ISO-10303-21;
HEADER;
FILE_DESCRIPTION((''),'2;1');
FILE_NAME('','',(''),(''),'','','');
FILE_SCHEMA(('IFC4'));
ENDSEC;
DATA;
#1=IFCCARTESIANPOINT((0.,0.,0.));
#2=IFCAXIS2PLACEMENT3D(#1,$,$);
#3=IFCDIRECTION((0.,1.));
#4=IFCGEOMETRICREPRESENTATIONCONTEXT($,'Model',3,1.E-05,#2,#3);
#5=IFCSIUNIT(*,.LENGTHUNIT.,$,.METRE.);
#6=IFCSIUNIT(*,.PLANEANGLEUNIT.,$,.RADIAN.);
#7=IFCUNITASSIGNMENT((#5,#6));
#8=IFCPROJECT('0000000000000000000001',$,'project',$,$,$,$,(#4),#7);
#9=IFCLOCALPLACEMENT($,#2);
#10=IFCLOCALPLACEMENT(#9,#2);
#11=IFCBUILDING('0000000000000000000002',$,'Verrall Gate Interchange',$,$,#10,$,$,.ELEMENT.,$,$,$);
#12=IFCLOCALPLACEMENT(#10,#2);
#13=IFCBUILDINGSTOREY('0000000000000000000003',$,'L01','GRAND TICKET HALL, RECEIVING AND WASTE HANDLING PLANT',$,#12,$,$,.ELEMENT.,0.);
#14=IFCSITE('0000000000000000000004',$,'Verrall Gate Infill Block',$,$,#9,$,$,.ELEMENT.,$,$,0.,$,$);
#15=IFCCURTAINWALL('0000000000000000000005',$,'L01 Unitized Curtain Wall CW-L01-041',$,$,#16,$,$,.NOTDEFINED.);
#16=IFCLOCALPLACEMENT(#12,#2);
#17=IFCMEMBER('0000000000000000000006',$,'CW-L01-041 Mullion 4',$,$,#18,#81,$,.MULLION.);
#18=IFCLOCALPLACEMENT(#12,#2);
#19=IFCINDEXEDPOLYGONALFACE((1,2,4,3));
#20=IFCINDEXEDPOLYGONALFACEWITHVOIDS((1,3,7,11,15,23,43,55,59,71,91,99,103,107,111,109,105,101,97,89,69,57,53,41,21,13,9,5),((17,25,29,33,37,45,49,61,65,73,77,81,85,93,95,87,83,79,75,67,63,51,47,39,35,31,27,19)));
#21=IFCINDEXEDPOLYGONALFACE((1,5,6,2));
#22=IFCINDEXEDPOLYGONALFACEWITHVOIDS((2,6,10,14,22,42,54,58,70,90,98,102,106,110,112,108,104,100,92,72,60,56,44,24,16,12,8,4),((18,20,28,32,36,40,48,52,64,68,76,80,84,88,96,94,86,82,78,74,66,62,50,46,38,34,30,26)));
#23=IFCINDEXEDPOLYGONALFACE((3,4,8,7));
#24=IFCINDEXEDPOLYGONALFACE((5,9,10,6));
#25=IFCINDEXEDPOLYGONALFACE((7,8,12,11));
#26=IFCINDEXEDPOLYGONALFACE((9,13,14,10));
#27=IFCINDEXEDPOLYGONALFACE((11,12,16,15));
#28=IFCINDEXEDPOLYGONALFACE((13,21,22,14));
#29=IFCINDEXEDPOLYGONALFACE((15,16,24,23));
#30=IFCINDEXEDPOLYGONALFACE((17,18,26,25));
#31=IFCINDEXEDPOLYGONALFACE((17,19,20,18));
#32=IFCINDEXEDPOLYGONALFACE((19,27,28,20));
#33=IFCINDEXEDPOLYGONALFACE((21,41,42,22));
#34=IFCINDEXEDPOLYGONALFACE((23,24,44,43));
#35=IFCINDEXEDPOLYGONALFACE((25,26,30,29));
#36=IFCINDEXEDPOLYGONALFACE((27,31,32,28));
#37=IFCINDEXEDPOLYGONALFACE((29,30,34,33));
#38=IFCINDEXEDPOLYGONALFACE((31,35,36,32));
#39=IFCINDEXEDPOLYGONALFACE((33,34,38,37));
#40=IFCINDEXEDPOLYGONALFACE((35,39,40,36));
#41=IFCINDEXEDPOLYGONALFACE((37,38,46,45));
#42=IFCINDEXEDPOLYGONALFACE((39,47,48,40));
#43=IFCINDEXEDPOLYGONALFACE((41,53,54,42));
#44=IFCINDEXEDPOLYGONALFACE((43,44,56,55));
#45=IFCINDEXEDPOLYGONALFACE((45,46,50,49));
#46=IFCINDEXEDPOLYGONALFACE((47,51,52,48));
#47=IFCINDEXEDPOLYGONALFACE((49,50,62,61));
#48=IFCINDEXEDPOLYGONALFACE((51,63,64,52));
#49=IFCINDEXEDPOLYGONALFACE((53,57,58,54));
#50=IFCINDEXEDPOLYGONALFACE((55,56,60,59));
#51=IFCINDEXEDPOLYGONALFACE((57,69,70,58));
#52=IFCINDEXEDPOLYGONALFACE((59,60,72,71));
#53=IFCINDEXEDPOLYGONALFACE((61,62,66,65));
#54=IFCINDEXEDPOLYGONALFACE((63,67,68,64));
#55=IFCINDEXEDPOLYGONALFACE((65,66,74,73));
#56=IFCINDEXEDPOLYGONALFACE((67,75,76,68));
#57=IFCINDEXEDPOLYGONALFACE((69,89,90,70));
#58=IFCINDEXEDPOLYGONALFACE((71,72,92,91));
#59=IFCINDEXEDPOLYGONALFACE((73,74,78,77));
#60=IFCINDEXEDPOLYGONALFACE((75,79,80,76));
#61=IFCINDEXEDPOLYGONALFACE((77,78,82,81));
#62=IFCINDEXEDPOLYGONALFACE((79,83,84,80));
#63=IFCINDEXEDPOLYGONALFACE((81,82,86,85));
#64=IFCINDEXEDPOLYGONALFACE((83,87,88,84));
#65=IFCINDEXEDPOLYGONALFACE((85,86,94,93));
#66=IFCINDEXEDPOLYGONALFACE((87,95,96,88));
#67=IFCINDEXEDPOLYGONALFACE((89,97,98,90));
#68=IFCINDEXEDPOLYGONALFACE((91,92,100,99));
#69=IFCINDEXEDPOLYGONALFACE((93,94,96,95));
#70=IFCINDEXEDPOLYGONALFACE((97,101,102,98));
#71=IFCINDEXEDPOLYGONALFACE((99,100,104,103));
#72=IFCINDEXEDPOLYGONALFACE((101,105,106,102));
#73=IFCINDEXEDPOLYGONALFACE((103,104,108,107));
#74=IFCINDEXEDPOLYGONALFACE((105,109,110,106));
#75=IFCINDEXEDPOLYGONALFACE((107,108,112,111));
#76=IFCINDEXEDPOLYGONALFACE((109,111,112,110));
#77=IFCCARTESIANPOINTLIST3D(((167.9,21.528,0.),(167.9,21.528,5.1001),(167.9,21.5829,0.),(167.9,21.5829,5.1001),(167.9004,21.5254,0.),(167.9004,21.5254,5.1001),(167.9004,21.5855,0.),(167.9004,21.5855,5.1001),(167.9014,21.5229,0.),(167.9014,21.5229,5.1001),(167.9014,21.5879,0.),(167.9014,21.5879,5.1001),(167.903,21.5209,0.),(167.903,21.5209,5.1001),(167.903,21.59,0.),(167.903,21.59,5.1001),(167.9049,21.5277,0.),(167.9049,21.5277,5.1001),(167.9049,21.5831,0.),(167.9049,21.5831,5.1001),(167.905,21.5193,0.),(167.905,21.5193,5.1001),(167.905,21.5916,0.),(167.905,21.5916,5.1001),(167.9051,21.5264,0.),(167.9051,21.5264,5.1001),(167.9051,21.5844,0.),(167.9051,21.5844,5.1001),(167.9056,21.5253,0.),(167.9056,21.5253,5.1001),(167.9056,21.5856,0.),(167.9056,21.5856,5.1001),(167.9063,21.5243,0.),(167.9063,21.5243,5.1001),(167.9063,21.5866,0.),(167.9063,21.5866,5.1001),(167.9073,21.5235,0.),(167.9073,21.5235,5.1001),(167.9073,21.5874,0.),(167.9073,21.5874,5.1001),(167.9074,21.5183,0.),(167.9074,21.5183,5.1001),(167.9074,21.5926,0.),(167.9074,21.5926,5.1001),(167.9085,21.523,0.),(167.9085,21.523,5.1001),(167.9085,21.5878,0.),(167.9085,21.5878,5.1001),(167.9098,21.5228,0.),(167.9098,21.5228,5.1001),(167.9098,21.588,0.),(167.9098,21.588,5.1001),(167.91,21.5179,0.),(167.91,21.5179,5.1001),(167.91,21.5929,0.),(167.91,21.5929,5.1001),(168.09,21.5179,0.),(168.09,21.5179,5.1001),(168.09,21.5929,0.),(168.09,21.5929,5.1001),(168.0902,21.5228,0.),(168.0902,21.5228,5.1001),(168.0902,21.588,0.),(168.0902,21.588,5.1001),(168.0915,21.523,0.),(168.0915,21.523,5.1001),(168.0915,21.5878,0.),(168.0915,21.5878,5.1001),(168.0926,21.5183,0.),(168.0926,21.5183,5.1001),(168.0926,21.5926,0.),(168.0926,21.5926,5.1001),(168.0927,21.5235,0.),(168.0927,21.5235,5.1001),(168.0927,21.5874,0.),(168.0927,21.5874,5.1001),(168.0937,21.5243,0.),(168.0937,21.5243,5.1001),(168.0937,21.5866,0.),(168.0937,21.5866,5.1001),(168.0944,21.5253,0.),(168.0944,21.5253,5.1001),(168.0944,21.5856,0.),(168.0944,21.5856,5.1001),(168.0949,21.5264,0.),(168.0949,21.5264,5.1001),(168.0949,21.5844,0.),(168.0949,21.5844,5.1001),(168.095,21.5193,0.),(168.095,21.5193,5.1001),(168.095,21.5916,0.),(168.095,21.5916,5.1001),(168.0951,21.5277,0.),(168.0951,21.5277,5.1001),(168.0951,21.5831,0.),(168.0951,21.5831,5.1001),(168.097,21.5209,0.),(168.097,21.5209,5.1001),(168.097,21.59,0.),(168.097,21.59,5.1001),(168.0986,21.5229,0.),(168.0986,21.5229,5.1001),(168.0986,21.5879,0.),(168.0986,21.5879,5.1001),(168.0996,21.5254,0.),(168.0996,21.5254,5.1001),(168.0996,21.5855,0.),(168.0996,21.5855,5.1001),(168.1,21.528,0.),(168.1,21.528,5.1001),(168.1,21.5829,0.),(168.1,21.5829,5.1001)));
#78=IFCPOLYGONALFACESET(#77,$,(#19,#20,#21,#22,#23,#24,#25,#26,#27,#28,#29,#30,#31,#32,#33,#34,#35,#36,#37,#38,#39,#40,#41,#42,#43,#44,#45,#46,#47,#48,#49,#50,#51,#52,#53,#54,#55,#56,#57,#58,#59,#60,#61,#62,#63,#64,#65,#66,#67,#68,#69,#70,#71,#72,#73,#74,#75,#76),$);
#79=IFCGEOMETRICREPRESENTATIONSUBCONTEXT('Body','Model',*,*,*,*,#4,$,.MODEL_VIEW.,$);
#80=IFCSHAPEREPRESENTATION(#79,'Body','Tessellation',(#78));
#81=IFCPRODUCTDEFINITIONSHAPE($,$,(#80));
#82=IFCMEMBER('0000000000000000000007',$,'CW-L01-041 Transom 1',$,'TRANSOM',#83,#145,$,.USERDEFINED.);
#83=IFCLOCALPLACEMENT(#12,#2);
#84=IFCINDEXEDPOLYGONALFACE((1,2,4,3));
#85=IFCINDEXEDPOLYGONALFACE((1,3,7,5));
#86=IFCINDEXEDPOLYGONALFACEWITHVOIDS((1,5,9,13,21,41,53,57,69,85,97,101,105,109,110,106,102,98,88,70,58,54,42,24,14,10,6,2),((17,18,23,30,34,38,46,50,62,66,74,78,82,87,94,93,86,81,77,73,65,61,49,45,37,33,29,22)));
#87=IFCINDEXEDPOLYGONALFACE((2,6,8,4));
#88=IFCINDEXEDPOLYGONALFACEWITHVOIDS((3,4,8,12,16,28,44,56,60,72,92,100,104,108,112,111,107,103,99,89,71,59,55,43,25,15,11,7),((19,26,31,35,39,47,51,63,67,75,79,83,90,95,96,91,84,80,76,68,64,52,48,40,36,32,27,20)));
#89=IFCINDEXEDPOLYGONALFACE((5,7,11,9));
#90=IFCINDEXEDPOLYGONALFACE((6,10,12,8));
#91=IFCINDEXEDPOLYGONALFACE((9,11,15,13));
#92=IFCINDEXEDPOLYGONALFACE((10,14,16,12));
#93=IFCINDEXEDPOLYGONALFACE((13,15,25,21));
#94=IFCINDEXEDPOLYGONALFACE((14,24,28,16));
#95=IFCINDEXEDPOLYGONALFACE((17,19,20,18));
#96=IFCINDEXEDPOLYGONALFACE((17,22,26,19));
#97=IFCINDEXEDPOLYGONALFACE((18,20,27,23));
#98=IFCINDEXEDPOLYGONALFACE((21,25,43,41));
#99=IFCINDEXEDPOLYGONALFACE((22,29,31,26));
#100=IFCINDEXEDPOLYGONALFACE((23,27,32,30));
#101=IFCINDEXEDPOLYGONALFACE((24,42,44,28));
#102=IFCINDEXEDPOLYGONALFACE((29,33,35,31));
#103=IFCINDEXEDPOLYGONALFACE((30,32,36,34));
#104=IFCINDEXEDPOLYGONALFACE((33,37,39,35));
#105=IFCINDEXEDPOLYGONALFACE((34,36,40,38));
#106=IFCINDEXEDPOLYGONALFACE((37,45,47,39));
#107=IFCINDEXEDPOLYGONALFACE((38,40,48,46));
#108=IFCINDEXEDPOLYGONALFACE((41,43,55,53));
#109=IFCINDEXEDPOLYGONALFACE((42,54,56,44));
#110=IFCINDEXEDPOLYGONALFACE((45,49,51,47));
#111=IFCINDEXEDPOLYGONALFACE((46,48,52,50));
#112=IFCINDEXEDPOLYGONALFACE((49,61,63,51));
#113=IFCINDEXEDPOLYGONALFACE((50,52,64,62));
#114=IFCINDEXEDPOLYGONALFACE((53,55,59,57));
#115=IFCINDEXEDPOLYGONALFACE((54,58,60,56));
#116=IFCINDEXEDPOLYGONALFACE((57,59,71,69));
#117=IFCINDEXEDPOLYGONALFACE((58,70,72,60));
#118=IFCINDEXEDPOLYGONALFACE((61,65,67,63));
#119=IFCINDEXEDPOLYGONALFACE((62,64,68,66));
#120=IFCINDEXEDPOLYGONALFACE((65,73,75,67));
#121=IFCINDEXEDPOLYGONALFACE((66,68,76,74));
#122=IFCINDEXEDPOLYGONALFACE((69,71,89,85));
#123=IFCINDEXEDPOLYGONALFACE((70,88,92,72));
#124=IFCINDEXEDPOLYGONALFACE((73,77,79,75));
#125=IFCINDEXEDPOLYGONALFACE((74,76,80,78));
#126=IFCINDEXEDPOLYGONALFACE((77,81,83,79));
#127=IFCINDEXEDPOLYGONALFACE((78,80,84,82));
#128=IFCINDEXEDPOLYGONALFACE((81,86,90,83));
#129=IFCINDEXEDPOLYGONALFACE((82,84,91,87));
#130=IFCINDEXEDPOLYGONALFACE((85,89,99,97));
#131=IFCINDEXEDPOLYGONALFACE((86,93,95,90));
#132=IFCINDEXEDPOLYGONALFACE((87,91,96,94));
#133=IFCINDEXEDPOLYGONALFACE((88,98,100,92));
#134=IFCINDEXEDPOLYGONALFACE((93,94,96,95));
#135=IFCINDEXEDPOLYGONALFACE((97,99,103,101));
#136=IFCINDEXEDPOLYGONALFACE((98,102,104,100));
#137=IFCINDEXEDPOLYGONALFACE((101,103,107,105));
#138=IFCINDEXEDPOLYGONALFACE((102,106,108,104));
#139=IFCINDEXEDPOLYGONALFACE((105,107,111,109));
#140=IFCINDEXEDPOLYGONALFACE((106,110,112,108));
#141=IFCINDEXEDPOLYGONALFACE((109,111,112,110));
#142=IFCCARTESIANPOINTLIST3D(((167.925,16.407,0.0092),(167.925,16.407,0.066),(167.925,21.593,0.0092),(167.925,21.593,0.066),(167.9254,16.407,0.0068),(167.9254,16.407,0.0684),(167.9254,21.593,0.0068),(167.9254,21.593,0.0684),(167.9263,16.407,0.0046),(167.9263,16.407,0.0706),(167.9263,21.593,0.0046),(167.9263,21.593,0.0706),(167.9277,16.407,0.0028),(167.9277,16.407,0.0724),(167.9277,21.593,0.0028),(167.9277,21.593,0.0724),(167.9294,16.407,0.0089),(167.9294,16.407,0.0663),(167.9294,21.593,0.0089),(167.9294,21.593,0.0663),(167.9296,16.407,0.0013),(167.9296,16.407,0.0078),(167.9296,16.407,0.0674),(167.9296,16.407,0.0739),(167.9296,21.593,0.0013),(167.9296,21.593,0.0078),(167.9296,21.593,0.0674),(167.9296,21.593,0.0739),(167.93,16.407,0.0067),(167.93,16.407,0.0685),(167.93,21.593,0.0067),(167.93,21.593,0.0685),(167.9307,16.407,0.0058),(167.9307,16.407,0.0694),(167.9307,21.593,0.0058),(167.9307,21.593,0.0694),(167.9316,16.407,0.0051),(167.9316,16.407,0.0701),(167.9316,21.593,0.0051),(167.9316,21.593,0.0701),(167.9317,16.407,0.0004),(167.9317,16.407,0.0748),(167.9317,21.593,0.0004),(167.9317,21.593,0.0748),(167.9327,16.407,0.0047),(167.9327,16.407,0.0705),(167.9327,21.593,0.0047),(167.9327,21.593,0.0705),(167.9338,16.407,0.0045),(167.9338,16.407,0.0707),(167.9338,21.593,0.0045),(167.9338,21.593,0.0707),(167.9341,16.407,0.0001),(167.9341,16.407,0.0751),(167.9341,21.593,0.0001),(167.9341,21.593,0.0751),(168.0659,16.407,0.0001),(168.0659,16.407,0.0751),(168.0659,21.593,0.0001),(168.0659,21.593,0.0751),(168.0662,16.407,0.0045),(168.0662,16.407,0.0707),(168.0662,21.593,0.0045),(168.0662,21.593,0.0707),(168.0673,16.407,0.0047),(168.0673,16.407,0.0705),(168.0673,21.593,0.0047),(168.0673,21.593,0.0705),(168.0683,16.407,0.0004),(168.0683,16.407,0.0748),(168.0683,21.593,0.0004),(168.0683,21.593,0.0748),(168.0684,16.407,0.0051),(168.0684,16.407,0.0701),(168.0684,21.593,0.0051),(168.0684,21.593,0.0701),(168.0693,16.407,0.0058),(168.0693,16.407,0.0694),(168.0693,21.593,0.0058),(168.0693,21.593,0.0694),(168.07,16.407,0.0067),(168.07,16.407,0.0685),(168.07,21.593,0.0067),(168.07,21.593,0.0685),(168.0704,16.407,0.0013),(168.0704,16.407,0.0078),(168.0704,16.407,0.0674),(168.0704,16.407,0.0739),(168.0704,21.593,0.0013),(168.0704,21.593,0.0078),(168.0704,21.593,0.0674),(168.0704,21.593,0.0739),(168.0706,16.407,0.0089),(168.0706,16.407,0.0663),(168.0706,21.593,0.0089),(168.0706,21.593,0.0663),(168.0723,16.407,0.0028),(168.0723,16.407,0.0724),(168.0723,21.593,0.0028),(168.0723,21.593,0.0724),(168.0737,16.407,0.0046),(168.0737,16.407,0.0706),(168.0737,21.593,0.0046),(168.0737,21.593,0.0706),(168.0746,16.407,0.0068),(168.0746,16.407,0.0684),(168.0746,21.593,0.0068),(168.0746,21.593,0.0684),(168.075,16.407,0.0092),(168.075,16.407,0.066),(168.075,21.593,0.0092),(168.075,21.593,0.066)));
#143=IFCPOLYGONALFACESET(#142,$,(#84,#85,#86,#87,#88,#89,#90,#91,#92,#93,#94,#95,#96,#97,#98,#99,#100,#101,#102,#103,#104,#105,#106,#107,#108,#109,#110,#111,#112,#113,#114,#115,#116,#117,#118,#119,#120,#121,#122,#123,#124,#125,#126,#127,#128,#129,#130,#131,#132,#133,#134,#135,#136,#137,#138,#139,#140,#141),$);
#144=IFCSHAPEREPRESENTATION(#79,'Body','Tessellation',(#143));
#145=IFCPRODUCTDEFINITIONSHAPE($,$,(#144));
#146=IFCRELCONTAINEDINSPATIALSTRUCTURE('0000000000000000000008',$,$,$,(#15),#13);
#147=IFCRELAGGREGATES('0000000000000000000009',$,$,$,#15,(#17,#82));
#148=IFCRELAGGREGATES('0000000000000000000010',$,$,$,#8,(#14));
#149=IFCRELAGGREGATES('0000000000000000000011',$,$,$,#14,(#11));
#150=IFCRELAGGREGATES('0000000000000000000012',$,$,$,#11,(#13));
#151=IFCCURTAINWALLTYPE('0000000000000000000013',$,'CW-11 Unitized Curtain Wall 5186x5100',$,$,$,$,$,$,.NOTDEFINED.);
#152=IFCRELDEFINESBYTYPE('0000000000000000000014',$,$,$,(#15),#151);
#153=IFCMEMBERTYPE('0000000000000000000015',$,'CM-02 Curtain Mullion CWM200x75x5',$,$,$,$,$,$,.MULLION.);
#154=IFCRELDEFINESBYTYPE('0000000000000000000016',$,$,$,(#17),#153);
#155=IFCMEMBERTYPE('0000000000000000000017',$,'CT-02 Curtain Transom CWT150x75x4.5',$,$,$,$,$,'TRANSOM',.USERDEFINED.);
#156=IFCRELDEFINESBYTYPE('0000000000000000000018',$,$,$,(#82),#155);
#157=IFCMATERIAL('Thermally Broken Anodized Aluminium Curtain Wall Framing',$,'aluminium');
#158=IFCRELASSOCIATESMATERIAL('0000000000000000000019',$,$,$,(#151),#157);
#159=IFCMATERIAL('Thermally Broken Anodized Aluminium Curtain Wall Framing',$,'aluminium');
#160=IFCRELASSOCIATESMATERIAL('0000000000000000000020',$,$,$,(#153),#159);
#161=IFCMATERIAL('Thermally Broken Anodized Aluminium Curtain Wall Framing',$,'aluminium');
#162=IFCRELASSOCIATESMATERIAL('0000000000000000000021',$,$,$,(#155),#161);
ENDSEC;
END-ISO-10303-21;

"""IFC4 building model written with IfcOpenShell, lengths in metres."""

from ifc_helpers import new_model, si_unit, direction, frame, origin, origin_2d, place, context, subcontext, project, spatial, hollow_rectangle, extrude, material, material_profile, profile_set, type_object, element, aggregate, save


model = new_model("IFC4")

# Units and contexts
model_context = context("Model", 3, precision=1e-05, world=origin(), true_north=direction((0.0, 1.0)))
body_context = subcontext(model_context, "Body", "Model", "MODEL_VIEW")
ifc_project = project(units=[si_unit("LENGTHUNIT", "METRE"), si_unit("PLANEANGLEUNIT", "RADIAN")], contexts=[model_context])

# Site, building, storey
site_placement = place(None, origin())
site = spatial("IfcSite", under=ifc_project, at=site_placement, Name="Verrall Gate Infill Block", CompositionType="ELEMENT", RefElevation=0.0)
building_placement = place(site_placement, origin())
building = spatial("IfcBuilding", under=site, at=building_placement, Name="Verrall Gate Interchange", CompositionType="ELEMENT")
storey_placement = place(building_placement, origin())
storey = spatial("IfcBuildingStorey", under=building, at=storey_placement, Name="L01", Description="GRAND TICKET HALL, RECEIVING AND WASTE HANDLING PLANT", CompositionType="ELEMENT", Elevation=0.0)

# Curtain wall, members
ifc_material_1 = material(Name="Thermally Broken Anodized Aluminium Curtain Wall Framing", Category="aluminium")
curtain_wall_type = type_object("IfcCurtainWallType", Name="CW-11 Unitized Curtain Wall 5186x5100", PredefinedType="NOTDEFINED", material=ifc_material_1)
curtain_wall_placement = place(storey_placement, origin())
curtain_wall = element("IfcCurtainWall", 1, at=curtain_wall_placement, inside=storey, type_object=curtain_wall_type, Name="L01 Unitized Curtain Wall CW-L01-041", PredefinedType="NOTDEFINED")
ifc_material_2 = material(Name="Thermally Broken Anodized Aluminium Curtain Wall Framing", Category="aluminium")
ifc_material_profile_1 = material_profile(ifc_material_2, hollow_rectangle(XDim=0.075, YDim=0.2, WallThickness=0.0049, InnerFilletRadius=0.0049, OuterFilletRadius=0.01, at=origin_2d()), Name="CWM200x75x5")
ifc_profile_set_1 = profile_set([ifc_material_profile_1], Name="Thermally Broken Anodized Aluminium Curtain Wall Framing")
member_type_1 = type_object("IfcMemberType", Name="CM-02 Curtain Mullion CWM200x75x5", PredefinedType="MULLION", material=ifc_profile_set_1)
member_1_placement = place(storey_placement, frame((168.0, 21.5554, 0.0), z_axis=(0.0, 0.0, 1.0), x_axis=(0.0, 1.0, 0.0)))
member_1 = element("IfcMember", 2, at=member_1_placement, type_object=member_type_1, Name="CW-L01-041 Mullion 4", PredefinedType="MULLION", context=body_context, shape_type="SweptSolid", body=[
    extrude(hollow_rectangle(XDim=0.075, YDim=0.2, WallThickness=0.0049, InnerFilletRadius=0.0049, OuterFilletRadius=0.01, at=origin_2d()), origin(), (0.0, 0.0, 1.0), 5.1001),
])
ifc_material_3 = material(Name="Thermally Broken Anodized Aluminium Curtain Wall Framing", Category="aluminium")
ifc_material_profile_2 = material_profile(ifc_material_3, hollow_rectangle(XDim=0.1499, YDim=0.075, WallThickness=0.0044, InnerFilletRadius=0.0044, OuterFilletRadius=0.009, at=origin_2d()), Name="CWT150x75x4.5")
ifc_profile_set_2 = profile_set([ifc_material_profile_2], Name="Thermally Broken Anodized Aluminium Curtain Wall Framing")
member_type_2 = type_object("IfcMemberType", Name="CT-02 Curtain Transom CWT150x75x4.5", ElementType="TRANSOM", PredefinedType="USERDEFINED", material=ifc_profile_set_2)
member_2_placement = place(storey_placement, frame((168.0, 16.407, 0.0376), z_axis=(0.0, 1.0, 0.0), x_axis=(-1.0, 0.0, 0.0)))
member_2 = element("IfcMember", 3, at=member_2_placement, type_object=member_type_2, Name="CW-L01-041 Transom 1", ObjectType="TRANSOM", PredefinedType="USERDEFINED", context=body_context, shape_type="SweptSolid", body=[
    extrude(hollow_rectangle(XDim=0.1499, YDim=0.075, WallThickness=0.0044, InnerFilletRadius=0.0044, OuterFilletRadius=0.009, at=origin_2d()), origin(), (0.0, 0.0, 1.0), 5.186),
])
aggregate(curtain_wall, [member_1, member_2])

save(model, "model.ifc")
